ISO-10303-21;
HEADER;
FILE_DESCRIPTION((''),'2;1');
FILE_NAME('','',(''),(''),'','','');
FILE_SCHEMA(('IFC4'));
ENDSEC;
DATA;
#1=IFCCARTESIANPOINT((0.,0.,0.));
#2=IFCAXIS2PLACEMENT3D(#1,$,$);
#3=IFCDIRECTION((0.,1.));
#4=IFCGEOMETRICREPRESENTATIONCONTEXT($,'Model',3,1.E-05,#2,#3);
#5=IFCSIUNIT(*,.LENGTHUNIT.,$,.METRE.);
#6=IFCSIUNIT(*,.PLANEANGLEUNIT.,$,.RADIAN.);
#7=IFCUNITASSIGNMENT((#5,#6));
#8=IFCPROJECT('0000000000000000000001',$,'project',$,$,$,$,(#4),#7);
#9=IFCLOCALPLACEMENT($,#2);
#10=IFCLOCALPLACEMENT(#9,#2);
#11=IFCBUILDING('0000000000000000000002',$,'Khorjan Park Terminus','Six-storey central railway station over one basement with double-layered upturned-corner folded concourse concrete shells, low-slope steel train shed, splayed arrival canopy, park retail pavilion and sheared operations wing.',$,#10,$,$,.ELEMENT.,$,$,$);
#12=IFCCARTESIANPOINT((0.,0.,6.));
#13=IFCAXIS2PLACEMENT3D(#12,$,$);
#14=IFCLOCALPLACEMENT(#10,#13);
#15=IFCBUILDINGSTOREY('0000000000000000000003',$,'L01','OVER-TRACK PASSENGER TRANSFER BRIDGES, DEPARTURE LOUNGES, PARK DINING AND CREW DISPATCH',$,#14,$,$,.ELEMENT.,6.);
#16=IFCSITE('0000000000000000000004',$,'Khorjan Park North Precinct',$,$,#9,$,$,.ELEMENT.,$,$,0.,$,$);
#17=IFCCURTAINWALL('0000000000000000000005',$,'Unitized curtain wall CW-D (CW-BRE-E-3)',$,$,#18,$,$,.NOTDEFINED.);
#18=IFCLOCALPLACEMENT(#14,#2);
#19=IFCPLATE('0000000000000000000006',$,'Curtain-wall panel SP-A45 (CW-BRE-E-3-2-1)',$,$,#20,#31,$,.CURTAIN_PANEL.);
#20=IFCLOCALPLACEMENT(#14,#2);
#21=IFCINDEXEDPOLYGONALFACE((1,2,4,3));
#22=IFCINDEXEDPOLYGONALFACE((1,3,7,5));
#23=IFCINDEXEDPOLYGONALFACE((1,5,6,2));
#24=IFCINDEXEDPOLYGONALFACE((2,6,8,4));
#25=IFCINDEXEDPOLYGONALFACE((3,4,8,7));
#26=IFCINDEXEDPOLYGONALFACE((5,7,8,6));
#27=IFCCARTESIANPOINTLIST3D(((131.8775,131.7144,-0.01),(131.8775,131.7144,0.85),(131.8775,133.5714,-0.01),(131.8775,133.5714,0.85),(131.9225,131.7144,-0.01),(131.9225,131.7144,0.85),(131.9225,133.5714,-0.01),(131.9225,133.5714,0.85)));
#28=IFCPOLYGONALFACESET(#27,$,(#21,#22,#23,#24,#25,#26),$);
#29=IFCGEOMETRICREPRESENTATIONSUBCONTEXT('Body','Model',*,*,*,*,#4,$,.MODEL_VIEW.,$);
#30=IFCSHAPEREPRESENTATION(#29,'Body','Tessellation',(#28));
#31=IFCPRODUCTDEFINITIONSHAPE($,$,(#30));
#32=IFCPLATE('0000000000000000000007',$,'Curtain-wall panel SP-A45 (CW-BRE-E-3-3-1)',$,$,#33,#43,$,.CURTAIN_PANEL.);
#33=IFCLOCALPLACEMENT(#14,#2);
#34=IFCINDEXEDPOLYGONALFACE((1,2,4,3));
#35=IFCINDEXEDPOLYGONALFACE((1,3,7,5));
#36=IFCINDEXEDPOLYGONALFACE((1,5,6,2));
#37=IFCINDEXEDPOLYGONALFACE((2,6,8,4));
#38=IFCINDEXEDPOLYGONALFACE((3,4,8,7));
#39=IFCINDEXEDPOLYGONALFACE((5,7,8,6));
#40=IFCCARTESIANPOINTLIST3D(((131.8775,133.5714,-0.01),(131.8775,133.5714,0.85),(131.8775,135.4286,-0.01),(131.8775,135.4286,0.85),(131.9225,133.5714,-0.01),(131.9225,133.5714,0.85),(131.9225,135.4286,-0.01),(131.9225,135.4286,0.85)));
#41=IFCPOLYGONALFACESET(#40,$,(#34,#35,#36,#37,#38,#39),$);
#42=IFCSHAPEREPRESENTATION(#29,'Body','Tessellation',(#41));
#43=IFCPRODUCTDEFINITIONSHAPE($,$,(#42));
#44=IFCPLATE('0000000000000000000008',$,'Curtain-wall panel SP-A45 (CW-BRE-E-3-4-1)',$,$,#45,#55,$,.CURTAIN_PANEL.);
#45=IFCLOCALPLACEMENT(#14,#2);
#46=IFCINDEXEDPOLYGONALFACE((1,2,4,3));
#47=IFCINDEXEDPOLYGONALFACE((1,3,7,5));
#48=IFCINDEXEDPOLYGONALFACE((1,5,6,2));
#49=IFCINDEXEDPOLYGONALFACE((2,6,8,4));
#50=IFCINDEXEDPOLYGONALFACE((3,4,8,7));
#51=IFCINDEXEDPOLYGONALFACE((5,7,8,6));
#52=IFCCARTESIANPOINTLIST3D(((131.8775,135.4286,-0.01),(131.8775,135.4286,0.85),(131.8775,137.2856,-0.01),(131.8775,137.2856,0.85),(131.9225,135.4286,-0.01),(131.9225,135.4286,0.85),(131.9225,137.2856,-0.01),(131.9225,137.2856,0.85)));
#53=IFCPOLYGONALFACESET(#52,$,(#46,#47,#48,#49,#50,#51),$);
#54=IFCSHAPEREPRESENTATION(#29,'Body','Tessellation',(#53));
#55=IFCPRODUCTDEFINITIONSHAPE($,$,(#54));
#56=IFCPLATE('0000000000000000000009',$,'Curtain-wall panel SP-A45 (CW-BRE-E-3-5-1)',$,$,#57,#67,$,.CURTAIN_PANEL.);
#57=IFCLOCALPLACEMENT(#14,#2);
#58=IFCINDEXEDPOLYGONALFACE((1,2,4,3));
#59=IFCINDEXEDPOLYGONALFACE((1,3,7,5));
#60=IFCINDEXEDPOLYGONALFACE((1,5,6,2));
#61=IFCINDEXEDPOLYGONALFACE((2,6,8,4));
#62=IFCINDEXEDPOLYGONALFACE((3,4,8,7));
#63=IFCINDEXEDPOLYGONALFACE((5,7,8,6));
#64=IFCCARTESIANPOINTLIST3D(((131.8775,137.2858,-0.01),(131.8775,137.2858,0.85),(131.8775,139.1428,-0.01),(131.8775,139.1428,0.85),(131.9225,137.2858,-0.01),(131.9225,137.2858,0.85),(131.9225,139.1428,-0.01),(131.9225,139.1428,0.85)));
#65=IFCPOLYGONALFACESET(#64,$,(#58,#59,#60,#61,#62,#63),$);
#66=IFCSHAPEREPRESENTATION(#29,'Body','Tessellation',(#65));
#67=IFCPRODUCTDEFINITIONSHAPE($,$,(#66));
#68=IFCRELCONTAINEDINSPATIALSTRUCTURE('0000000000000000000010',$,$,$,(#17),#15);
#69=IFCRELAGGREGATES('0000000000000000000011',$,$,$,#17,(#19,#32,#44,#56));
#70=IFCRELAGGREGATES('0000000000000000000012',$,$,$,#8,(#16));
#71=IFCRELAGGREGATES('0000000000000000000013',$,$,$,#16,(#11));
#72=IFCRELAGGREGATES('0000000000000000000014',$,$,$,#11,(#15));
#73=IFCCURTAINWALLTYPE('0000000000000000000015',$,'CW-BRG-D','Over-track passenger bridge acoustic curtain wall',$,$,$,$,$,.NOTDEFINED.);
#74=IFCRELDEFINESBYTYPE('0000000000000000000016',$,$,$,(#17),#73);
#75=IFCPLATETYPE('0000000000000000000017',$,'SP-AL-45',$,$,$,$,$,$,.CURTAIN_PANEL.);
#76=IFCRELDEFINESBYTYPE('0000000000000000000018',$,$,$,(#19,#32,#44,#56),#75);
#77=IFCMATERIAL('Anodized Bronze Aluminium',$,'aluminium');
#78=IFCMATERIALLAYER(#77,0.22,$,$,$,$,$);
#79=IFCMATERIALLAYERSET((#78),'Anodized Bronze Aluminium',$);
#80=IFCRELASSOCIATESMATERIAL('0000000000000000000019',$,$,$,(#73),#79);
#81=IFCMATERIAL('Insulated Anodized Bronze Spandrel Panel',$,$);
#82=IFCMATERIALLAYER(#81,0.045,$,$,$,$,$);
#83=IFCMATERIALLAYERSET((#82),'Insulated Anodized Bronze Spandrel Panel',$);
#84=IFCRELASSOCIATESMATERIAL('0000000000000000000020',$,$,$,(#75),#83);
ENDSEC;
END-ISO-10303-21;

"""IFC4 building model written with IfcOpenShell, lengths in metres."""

from ifc_helpers import new_model, si_unit, direction, frame, origin, origin_2d, place, context, subcontext, project, spatial, rectangle, extrude, material, layer, layer_set, type_object, element, aggregate, save


model = new_model("IFC4")

# Units and contexts
model_context = context("Model", 3, precision=1e-05, world=origin(), true_north=direction((0.0, 1.0)))
body_context = subcontext(model_context, "Body", "Model", "MODEL_VIEW")
ifc_project = project(units=[si_unit("LENGTHUNIT", "METRE"), si_unit("PLANEANGLEUNIT", "RADIAN")], contexts=[model_context])

# Site, building, storey
site_placement = place(None, origin())
site = spatial("IfcSite", under=ifc_project, at=site_placement, Name="Khorjan Park North Precinct", CompositionType="ELEMENT", RefElevation=0.0)
building_placement = place(site_placement, origin())
building = spatial("IfcBuilding", under=site, at=building_placement, Name="Khorjan Park Terminus", Description="Six-storey central railway station over one basement with double-layered upturned-corner folded concourse concrete shells, low-slope steel train shed, splayed arrival canopy, park retail pavilion and sheared operations wing.", CompositionType="ELEMENT")
storey_placement = place(building_placement, frame((0.0, 0.0, 6.0)))
storey = spatial("IfcBuildingStorey", under=building, at=storey_placement, Name="L01", Description="OVER-TRACK PASSENGER TRANSFER BRIDGES, DEPARTURE LOUNGES, PARK DINING AND CREW DISPATCH", CompositionType="ELEMENT", Elevation=6.0)

# Curtain wall, plates
ifc_material_1 = material(Name="Anodized Bronze Aluminium", Category="aluminium")
ifc_layer_1 = layer(ifc_material_1, 0.22)
ifc_layer_set_1 = layer_set([ifc_layer_1], Name="Anodized Bronze Aluminium")
curtain_wall_type = type_object("IfcCurtainWallType", Name="CW-BRG-D", Description="Over-track passenger bridge acoustic curtain wall", PredefinedType="NOTDEFINED", material=ifc_layer_set_1)
curtain_wall_placement = place(storey_placement, origin())
curtain_wall = element("IfcCurtainWall", 1, at=curtain_wall_placement, inside=storey, type_object=curtain_wall_type, Name="Unitized curtain wall CW-D (CW-BRE-E-3)", PredefinedType="NOTDEFINED")
ifc_material_2 = material(Name="Insulated Anodized Bronze Spandrel Panel")
ifc_layer_2 = layer(ifc_material_2, 0.045)
ifc_layer_set_2 = layer_set([ifc_layer_2], Name="Insulated Anodized Bronze Spandrel Panel")
plate_type_1 = type_object("IfcPlateType", Name="SP-AL-45", PredefinedType="CURTAIN_PANEL", material=ifc_layer_set_2)
plate_1_placement = place(storey_placement, frame((131.9, 132.6429, -0.01), z_axis=(0.0, 0.0, 1.0), x_axis=(0.0, 1.0, 0.0)))
plate_1 = element("IfcPlate", 2, at=plate_1_placement, type_object=plate_type_1, Name="Curtain-wall panel SP-A45 (CW-BRE-E-3-2-1)", PredefinedType="CURTAIN_PANEL", context=body_context, shape_type="SweptSolid", body=[
    extrude(rectangle(XDim=1.8571, YDim=0.045, at=origin_2d()), origin(), (0.0, 0.0, 1.0), 0.86),
])
plate_2_placement = place(storey_placement, frame((131.9, 134.5, -0.01), z_axis=(0.0, 0.0, 1.0), x_axis=(0.0, 1.0, 0.0)))
plate_2 = element("IfcPlate", 3, at=plate_2_placement, type_object=plate_type_1, Name="Curtain-wall panel SP-A45 (CW-BRE-E-3-3-1)", PredefinedType="CURTAIN_PANEL", context=body_context, shape_type="SweptSolid", body=[
    extrude(rectangle(XDim=1.8571, YDim=0.045, at=origin_2d()), origin(), (0.0, 0.0, 1.0), 0.86),
])
plate_3_placement = place(storey_placement, frame((131.9, 136.3571, -0.01), z_axis=(0.0, 0.0, 1.0), x_axis=(0.0, 1.0, 0.0)))
plate_3 = element("IfcPlate", 4, at=plate_3_placement, type_object=plate_type_1, Name="Curtain-wall panel SP-A45 (CW-BRE-E-3-4-1)", PredefinedType="CURTAIN_PANEL", context=body_context, shape_type="SweptSolid", body=[
    extrude(rectangle(XDim=1.8571, YDim=0.045, at=origin_2d()), origin(), (0.0, 0.0, 1.0), 0.86),
])
plate_4_placement = place(storey_placement, frame((131.9, 138.2143, -0.01), z_axis=(0.0, 0.0, 1.0), x_axis=(0.0, 1.0, 0.0)))
plate_4 = element("IfcPlate", 5, at=plate_4_placement, type_object=plate_type_1, Name="Curtain-wall panel SP-A45 (CW-BRE-E-3-5-1)", PredefinedType="CURTAIN_PANEL", context=body_context, shape_type="SweptSolid", body=[
    extrude(rectangle(XDim=1.8571, YDim=0.045, at=origin_2d()), origin(), (0.0, 0.0, 1.0), 0.86),
])
aggregate(curtain_wall, [plate_1, plate_2, plate_3, plate_4])

save(model, "model.ifc")
